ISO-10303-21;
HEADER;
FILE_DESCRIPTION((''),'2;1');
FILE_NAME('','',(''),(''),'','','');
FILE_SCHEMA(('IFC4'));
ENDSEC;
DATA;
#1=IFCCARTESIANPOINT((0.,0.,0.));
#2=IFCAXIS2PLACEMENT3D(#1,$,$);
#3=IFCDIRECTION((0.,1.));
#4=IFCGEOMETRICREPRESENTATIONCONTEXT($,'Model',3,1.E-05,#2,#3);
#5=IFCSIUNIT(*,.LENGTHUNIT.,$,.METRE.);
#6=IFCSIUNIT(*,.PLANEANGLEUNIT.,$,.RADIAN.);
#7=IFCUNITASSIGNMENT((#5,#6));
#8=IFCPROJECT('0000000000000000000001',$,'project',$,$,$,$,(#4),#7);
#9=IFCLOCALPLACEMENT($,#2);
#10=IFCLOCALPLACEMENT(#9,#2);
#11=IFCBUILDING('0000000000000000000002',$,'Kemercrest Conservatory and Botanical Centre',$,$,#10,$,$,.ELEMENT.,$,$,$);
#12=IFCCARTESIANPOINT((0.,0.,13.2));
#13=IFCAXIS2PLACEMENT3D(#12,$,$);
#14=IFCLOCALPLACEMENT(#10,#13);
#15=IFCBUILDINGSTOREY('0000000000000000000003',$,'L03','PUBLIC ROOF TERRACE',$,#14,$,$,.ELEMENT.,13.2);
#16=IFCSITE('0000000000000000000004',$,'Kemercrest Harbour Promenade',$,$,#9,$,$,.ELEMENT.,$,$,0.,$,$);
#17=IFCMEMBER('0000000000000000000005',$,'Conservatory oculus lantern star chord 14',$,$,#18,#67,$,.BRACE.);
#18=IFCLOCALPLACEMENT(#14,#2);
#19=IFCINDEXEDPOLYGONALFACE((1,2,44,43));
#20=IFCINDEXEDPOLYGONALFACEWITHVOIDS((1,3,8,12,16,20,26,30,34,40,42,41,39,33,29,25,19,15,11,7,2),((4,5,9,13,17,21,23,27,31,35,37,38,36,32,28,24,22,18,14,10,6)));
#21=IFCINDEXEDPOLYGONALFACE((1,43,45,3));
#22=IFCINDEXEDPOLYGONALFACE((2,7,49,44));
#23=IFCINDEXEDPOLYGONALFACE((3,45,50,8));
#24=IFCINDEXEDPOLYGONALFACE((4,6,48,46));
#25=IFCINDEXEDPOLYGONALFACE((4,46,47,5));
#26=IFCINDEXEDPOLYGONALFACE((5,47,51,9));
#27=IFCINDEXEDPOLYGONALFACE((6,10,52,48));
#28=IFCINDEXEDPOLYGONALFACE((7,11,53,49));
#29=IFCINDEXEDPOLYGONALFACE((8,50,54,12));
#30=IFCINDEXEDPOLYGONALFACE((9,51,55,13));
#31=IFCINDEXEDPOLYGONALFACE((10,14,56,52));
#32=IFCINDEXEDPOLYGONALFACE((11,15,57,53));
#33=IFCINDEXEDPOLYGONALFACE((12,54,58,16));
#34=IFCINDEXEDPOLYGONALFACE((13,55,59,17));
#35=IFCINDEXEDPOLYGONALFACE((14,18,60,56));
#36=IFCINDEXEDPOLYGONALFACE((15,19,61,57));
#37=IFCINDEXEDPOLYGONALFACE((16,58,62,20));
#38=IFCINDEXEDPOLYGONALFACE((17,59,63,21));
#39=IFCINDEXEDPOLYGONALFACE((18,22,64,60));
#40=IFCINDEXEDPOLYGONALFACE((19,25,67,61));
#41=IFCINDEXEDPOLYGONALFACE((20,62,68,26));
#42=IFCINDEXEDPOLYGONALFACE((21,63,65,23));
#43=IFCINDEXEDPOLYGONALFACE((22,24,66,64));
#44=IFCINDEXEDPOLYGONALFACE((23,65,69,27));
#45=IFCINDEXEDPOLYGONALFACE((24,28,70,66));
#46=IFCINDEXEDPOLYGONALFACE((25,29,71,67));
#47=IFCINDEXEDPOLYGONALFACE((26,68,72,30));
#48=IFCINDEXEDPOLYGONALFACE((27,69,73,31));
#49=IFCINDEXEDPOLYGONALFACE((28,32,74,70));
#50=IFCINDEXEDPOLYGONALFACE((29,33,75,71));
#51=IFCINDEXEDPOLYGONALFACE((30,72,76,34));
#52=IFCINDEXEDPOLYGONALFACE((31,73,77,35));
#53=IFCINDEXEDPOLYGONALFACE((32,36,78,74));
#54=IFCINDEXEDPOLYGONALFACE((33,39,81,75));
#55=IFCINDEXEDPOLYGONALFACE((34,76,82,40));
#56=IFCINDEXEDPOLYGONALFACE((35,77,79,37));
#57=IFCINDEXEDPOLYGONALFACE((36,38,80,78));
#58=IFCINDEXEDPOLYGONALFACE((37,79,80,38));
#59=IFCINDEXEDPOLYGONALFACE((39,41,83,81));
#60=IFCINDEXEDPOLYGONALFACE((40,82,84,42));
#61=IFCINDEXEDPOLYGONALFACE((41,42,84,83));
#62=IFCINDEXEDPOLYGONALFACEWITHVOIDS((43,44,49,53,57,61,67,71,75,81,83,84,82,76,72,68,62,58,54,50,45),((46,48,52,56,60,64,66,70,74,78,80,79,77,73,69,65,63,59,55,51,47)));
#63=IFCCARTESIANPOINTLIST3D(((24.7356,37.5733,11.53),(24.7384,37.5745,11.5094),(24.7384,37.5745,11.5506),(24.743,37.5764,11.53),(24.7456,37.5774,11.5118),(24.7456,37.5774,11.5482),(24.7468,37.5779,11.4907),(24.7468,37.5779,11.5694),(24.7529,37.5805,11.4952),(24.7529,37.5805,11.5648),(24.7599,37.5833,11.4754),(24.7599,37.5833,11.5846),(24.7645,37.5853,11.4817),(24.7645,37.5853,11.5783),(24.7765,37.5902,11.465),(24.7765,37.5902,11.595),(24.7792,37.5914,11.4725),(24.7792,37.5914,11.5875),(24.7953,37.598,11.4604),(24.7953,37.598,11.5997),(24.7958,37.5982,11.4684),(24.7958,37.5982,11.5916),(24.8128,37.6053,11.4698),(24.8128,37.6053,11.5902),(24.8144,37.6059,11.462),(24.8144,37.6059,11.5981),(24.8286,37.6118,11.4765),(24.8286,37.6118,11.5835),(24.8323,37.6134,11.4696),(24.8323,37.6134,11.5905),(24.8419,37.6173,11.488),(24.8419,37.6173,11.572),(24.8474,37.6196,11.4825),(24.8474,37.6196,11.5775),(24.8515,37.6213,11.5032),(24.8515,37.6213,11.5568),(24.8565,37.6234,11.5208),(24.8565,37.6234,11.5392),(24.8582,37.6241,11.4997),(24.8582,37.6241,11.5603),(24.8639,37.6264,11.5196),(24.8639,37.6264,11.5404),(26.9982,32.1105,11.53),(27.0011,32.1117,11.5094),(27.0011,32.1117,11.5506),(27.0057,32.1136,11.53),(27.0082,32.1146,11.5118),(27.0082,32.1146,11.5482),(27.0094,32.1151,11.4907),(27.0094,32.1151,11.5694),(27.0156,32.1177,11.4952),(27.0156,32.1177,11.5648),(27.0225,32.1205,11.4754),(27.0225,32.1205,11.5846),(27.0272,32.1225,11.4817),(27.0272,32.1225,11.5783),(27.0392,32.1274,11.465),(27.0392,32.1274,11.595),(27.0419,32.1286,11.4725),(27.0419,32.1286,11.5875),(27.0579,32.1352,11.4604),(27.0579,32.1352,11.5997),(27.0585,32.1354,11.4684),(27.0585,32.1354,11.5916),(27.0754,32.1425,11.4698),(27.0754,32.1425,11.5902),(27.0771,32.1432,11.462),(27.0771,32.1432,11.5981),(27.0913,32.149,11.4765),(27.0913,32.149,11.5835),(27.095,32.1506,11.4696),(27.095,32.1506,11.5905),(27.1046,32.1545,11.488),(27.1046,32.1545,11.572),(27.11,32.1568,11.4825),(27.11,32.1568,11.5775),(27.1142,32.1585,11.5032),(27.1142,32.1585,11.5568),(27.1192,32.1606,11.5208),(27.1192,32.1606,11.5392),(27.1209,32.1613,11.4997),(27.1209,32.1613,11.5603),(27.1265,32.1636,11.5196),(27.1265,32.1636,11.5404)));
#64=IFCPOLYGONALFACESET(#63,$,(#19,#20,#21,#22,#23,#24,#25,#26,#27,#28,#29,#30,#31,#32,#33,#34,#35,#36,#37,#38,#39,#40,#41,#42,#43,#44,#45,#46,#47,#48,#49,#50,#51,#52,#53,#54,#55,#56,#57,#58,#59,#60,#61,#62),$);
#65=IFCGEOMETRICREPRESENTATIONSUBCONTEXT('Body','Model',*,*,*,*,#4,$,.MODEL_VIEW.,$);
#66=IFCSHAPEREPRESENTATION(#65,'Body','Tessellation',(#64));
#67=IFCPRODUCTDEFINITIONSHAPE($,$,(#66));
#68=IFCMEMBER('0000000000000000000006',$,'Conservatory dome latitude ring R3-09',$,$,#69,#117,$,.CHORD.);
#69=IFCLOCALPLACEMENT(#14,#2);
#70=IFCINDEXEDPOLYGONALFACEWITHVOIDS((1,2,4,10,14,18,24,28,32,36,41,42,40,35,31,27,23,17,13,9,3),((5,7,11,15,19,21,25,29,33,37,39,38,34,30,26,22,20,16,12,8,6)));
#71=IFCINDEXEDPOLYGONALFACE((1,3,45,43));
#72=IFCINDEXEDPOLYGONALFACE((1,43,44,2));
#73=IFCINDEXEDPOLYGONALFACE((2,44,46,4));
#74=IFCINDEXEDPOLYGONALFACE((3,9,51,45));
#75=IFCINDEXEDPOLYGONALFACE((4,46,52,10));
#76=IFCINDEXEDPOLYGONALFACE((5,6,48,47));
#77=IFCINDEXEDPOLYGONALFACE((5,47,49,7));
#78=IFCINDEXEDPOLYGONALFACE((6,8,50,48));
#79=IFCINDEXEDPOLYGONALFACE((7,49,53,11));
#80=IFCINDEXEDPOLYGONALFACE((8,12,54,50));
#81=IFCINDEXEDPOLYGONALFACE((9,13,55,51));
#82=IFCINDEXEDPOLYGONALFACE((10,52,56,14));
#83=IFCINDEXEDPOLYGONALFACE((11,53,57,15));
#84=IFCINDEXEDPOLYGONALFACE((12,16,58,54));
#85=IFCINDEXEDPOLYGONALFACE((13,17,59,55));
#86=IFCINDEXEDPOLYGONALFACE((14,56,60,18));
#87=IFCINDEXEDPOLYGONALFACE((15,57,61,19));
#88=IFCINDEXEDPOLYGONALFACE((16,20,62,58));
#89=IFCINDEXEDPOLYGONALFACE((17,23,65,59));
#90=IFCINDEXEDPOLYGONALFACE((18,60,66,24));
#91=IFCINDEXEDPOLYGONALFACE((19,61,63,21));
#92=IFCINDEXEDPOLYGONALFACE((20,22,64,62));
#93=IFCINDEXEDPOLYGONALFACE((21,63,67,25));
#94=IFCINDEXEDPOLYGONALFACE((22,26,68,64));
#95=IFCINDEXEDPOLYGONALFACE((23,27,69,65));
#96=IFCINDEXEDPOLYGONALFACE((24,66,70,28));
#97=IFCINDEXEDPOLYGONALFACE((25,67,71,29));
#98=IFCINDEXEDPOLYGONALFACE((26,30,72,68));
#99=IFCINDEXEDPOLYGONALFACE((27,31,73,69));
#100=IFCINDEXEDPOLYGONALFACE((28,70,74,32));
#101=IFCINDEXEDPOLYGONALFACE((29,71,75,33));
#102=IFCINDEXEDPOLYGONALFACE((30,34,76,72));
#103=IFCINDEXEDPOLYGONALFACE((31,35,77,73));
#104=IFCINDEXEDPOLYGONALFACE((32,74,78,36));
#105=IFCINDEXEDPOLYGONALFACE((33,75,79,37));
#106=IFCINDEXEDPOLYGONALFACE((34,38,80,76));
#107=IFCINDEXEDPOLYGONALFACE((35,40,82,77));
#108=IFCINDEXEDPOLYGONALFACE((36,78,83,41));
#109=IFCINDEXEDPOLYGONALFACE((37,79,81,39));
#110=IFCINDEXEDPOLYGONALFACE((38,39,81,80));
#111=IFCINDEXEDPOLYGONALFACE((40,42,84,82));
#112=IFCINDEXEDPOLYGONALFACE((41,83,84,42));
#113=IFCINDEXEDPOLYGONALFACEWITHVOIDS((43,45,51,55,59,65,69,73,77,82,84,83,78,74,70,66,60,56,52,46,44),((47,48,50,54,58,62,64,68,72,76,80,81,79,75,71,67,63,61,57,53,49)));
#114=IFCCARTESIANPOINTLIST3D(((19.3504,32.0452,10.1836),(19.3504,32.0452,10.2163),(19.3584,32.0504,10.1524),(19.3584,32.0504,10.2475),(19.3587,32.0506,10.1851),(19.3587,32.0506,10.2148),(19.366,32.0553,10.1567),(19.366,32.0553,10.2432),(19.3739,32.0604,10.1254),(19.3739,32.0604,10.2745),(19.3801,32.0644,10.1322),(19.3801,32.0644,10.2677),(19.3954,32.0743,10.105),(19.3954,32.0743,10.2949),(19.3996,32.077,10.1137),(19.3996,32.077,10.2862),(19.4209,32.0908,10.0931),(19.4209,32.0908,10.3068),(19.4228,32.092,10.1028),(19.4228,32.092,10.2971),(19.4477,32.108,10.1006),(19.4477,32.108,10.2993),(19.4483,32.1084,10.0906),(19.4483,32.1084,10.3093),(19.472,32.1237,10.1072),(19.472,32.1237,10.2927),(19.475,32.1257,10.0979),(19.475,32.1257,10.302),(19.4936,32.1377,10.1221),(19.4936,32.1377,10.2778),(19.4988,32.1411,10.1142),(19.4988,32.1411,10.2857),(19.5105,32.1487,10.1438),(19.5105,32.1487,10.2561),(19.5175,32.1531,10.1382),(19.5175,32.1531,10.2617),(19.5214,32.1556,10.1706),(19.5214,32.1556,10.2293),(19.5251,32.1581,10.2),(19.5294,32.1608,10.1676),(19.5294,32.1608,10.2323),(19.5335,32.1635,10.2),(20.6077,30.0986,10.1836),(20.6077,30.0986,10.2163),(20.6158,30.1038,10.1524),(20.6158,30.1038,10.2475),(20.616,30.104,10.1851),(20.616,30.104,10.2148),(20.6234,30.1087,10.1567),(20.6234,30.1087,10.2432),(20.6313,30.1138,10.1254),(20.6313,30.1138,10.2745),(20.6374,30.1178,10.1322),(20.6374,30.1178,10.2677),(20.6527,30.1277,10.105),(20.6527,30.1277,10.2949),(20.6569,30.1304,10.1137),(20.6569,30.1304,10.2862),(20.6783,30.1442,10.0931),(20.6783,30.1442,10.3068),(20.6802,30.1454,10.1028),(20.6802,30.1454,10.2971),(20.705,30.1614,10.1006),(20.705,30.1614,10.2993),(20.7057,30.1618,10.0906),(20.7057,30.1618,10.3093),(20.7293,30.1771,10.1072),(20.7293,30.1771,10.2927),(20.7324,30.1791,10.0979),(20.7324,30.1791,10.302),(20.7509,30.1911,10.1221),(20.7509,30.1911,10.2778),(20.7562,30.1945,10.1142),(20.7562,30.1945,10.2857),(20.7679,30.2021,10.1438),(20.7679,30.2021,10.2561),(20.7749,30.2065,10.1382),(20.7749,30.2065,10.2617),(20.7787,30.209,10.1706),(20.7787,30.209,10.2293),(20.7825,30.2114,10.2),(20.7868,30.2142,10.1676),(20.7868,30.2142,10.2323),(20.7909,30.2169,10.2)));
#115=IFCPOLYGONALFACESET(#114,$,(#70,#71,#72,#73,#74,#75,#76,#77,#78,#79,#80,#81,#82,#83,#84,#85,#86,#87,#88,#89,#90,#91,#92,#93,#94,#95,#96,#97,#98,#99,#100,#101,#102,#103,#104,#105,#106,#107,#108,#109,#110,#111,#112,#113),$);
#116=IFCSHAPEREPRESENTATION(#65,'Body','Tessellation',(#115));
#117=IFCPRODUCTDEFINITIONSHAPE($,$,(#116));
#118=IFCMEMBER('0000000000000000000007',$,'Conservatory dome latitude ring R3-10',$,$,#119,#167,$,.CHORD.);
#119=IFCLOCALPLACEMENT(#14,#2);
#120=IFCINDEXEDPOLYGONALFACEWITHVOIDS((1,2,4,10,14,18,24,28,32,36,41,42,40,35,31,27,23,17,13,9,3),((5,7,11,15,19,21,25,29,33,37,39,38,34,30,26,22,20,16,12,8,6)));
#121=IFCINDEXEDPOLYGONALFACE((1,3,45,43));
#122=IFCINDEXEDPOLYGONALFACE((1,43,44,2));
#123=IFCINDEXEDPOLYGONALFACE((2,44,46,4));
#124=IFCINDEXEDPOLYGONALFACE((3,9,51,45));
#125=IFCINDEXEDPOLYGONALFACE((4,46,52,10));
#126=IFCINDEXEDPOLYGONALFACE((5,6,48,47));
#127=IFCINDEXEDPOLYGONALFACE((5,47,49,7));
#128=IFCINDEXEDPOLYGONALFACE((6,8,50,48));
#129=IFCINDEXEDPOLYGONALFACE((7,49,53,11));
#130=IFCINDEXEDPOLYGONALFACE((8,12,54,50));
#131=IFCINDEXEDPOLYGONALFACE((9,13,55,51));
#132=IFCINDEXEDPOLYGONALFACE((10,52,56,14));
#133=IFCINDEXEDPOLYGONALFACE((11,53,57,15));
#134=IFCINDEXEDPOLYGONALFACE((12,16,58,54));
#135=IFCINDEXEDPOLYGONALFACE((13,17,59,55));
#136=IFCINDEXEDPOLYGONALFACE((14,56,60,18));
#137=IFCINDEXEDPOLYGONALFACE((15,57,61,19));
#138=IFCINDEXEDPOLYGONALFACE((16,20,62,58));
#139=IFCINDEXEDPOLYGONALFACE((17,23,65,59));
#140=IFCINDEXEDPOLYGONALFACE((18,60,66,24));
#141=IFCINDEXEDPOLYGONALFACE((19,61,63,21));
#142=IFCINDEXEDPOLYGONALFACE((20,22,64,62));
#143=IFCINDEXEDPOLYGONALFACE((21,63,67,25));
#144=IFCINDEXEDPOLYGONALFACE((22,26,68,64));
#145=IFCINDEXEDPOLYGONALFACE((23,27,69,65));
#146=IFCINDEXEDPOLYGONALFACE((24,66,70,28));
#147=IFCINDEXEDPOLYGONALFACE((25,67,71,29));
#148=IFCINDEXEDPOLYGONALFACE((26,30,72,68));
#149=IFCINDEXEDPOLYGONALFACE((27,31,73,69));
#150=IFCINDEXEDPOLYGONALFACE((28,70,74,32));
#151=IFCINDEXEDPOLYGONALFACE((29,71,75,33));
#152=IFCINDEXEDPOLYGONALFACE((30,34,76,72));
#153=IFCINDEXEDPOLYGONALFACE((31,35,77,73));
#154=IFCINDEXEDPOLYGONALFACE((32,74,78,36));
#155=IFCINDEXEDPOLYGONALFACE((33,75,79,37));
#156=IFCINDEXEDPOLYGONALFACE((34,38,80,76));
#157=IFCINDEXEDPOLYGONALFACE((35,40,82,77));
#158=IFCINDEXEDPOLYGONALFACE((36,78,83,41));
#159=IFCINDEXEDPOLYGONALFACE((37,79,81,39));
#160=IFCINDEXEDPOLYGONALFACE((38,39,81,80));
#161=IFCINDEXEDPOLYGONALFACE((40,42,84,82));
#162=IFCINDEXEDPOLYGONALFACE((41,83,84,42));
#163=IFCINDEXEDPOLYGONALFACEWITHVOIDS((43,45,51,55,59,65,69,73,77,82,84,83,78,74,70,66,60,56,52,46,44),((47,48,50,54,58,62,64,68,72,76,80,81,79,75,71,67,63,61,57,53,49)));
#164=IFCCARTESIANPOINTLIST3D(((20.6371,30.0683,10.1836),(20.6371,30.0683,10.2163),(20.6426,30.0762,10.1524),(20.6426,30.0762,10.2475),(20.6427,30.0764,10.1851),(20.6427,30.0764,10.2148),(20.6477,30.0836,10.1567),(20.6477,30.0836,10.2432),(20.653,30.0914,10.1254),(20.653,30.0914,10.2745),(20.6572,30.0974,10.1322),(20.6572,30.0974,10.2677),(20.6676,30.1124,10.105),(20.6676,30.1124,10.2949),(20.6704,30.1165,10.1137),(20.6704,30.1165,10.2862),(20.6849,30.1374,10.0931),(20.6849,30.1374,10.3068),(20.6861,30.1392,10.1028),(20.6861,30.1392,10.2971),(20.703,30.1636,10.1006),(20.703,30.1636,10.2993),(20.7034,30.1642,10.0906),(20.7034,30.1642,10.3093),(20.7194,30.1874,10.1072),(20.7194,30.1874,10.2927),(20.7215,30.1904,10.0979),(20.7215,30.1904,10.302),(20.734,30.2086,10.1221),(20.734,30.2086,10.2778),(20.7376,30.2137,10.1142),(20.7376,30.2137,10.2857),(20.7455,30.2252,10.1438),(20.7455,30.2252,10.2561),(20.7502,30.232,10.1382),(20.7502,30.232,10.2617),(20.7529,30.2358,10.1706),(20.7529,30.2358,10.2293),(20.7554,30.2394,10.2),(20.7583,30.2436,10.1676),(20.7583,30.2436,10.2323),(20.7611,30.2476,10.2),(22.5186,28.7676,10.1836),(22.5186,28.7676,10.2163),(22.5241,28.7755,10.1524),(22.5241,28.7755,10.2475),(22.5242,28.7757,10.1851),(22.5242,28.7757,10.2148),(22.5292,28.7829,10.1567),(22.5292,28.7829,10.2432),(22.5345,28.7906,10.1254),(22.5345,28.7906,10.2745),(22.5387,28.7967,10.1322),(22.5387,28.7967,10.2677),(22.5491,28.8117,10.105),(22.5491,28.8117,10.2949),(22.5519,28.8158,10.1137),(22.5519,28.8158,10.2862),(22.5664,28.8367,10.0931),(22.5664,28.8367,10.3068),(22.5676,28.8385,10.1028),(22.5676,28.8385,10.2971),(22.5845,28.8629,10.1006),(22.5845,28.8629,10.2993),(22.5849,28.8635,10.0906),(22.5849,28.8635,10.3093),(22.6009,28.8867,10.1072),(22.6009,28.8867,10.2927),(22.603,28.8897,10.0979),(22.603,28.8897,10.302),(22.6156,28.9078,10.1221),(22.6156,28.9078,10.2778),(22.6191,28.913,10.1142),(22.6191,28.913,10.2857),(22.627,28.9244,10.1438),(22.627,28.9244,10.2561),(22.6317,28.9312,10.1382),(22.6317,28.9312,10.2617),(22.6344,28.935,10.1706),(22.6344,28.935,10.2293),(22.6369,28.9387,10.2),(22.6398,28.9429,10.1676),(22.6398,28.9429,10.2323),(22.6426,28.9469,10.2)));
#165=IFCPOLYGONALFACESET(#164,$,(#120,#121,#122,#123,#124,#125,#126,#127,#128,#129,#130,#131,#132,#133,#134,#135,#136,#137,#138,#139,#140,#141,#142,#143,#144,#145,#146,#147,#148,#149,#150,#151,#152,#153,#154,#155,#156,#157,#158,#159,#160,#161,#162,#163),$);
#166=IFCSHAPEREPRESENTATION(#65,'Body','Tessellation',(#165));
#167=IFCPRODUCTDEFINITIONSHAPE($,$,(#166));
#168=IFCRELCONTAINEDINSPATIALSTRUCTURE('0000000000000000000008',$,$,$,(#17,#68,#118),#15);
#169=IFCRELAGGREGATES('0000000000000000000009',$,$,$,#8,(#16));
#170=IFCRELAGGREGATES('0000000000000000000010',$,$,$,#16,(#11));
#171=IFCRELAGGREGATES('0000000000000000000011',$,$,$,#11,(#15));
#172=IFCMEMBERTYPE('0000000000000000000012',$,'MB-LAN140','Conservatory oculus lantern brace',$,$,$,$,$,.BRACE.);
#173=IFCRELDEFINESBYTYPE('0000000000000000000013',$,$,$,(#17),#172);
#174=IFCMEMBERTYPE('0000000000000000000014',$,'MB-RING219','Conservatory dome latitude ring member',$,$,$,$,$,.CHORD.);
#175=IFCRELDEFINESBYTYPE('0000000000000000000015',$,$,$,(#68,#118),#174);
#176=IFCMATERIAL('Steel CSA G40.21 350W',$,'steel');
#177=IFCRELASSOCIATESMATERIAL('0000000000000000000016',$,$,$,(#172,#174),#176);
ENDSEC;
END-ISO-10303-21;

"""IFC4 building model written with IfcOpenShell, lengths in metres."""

from ifc_helpers import new_model, si_unit, direction, frame, origin, origin_2d, place, context, subcontext, project, spatial, hollow_circle, extrude, material, material_profile, profile_set, type_object, element, save


model = new_model("IFC4")

# Units and contexts
model_context = context("Model", 3, precision=1e-05, world=origin(), true_north=direction((0.0, 1.0)))
body_context = subcontext(model_context, "Body", "Model", "MODEL_VIEW")
ifc_project = project(units=[si_unit("LENGTHUNIT", "METRE"), si_unit("PLANEANGLEUNIT", "RADIAN")], contexts=[model_context])

# Site, building, storey
site_placement = place(None, origin())
site = spatial("IfcSite", under=ifc_project, at=site_placement, Name="Kemercrest Harbour Promenade", CompositionType="ELEMENT", RefElevation=0.0)
building_placement = place(site_placement, origin())
building = spatial("IfcBuilding", under=site, at=building_placement, Name="Kemercrest Conservatory and Botanical Centre", CompositionType="ELEMENT")
storey_placement = place(building_placement, frame((0.0, 0.0, 13.2)))
storey = spatial("IfcBuildingStorey", under=building, at=storey_placement, Name="L03", Description="PUBLIC ROOF TERRACE", CompositionType="ELEMENT", Elevation=13.2)

# Shared definitions
ifc_material_1 = material(Name="Steel CSA G40.21 350W", Category="steel")

# Members
ifc_material_profile_1 = material_profile(ifc_material_1, hollow_circle(Radius=0.0698, WallThickness=0.0081, at=origin_2d()), Name="CHS 139.7x8.0")
ifc_profile_set_1 = profile_set([ifc_material_profile_1], Name="Steel CSA G40.21 350W")
member_type_1 = type_object("IfcMemberType", Name="MB-LAN140", Description="Conservatory oculus lantern brace", PredefinedType="BRACE", material=ifc_profile_set_1)
for number, where, z_axis, x_axis, name in (
    (1, (27.0627, 32.1372, 11.53), (-0.382668, 0.923886, 0.0), (-0.923886, -0.382668, 0.0), "Conservatory oculus lantern star chord 14"),
):
    element("IfcMember", number, at=place(storey_placement, frame(where, z_axis=z_axis, x_axis=x_axis)), inside=storey, type_object=member_type_1, Name=name, PredefinedType="BRACE", context=body_context, shape_type="SweptSolid", body=[
        extrude(hollow_circle(Radius=0.0698, WallThickness=0.0081, at=origin_2d()), origin(), (0.0, 0.0, 1.0), 5.9128),
    ])
ifc_material_profile_2 = material_profile(ifc_material_1, hollow_circle(Radius=0.1096, WallThickness=0.01, at=origin_2d()), Name="CHS 219.1x10.0")
ifc_profile_set_2 = profile_set([ifc_material_profile_2], Name="Steel CSA G40.21 350W")
member_type_2 = type_object("IfcMemberType", Name="MB-RING219", Description="Conservatory dome latitude ring member", PredefinedType="CHORD", material=ifc_profile_set_2)
member_1_placement = place(storey_placement, frame((19.4414, 32.104, 10.2), z_axis=(0.542583, -0.840002, 0.0), x_axis=(0.840002, 0.542583, 0.0)))
element("IfcMember", 2, at=member_1_placement, inside=storey, type_object=member_type_2, Name="Conservatory dome latitude ring R3-09", PredefinedType="CHORD", context=body_context, shape_type="SweptSolid", body=[
    extrude(hollow_circle(Radius=0.1096, WallThickness=0.01, at=origin_2d()), origin(), (0.0, 0.0, 1.0), 2.3174),
])
for number, where, z_axis, x_axis, name in (
    (3, (20.6987, 30.1575, 10.2), (0.822572, -0.56866, 0.0), (0.56866, 0.822572, 0.0), "Conservatory dome latitude ring R3-10"),
):
    element("IfcMember", number, at=place(storey_placement, frame(where, z_axis=z_axis, x_axis=x_axis)), inside=storey, type_object=member_type_2, Name=name, PredefinedType="CHORD", context=body_context, shape_type="SweptSolid", body=[
        extrude(hollow_circle(Radius=0.1096, WallThickness=0.01, at=origin_2d()), origin(), (0.0, 0.0, 1.0), 2.2874),
    ])

save(model, "model.ifc")
